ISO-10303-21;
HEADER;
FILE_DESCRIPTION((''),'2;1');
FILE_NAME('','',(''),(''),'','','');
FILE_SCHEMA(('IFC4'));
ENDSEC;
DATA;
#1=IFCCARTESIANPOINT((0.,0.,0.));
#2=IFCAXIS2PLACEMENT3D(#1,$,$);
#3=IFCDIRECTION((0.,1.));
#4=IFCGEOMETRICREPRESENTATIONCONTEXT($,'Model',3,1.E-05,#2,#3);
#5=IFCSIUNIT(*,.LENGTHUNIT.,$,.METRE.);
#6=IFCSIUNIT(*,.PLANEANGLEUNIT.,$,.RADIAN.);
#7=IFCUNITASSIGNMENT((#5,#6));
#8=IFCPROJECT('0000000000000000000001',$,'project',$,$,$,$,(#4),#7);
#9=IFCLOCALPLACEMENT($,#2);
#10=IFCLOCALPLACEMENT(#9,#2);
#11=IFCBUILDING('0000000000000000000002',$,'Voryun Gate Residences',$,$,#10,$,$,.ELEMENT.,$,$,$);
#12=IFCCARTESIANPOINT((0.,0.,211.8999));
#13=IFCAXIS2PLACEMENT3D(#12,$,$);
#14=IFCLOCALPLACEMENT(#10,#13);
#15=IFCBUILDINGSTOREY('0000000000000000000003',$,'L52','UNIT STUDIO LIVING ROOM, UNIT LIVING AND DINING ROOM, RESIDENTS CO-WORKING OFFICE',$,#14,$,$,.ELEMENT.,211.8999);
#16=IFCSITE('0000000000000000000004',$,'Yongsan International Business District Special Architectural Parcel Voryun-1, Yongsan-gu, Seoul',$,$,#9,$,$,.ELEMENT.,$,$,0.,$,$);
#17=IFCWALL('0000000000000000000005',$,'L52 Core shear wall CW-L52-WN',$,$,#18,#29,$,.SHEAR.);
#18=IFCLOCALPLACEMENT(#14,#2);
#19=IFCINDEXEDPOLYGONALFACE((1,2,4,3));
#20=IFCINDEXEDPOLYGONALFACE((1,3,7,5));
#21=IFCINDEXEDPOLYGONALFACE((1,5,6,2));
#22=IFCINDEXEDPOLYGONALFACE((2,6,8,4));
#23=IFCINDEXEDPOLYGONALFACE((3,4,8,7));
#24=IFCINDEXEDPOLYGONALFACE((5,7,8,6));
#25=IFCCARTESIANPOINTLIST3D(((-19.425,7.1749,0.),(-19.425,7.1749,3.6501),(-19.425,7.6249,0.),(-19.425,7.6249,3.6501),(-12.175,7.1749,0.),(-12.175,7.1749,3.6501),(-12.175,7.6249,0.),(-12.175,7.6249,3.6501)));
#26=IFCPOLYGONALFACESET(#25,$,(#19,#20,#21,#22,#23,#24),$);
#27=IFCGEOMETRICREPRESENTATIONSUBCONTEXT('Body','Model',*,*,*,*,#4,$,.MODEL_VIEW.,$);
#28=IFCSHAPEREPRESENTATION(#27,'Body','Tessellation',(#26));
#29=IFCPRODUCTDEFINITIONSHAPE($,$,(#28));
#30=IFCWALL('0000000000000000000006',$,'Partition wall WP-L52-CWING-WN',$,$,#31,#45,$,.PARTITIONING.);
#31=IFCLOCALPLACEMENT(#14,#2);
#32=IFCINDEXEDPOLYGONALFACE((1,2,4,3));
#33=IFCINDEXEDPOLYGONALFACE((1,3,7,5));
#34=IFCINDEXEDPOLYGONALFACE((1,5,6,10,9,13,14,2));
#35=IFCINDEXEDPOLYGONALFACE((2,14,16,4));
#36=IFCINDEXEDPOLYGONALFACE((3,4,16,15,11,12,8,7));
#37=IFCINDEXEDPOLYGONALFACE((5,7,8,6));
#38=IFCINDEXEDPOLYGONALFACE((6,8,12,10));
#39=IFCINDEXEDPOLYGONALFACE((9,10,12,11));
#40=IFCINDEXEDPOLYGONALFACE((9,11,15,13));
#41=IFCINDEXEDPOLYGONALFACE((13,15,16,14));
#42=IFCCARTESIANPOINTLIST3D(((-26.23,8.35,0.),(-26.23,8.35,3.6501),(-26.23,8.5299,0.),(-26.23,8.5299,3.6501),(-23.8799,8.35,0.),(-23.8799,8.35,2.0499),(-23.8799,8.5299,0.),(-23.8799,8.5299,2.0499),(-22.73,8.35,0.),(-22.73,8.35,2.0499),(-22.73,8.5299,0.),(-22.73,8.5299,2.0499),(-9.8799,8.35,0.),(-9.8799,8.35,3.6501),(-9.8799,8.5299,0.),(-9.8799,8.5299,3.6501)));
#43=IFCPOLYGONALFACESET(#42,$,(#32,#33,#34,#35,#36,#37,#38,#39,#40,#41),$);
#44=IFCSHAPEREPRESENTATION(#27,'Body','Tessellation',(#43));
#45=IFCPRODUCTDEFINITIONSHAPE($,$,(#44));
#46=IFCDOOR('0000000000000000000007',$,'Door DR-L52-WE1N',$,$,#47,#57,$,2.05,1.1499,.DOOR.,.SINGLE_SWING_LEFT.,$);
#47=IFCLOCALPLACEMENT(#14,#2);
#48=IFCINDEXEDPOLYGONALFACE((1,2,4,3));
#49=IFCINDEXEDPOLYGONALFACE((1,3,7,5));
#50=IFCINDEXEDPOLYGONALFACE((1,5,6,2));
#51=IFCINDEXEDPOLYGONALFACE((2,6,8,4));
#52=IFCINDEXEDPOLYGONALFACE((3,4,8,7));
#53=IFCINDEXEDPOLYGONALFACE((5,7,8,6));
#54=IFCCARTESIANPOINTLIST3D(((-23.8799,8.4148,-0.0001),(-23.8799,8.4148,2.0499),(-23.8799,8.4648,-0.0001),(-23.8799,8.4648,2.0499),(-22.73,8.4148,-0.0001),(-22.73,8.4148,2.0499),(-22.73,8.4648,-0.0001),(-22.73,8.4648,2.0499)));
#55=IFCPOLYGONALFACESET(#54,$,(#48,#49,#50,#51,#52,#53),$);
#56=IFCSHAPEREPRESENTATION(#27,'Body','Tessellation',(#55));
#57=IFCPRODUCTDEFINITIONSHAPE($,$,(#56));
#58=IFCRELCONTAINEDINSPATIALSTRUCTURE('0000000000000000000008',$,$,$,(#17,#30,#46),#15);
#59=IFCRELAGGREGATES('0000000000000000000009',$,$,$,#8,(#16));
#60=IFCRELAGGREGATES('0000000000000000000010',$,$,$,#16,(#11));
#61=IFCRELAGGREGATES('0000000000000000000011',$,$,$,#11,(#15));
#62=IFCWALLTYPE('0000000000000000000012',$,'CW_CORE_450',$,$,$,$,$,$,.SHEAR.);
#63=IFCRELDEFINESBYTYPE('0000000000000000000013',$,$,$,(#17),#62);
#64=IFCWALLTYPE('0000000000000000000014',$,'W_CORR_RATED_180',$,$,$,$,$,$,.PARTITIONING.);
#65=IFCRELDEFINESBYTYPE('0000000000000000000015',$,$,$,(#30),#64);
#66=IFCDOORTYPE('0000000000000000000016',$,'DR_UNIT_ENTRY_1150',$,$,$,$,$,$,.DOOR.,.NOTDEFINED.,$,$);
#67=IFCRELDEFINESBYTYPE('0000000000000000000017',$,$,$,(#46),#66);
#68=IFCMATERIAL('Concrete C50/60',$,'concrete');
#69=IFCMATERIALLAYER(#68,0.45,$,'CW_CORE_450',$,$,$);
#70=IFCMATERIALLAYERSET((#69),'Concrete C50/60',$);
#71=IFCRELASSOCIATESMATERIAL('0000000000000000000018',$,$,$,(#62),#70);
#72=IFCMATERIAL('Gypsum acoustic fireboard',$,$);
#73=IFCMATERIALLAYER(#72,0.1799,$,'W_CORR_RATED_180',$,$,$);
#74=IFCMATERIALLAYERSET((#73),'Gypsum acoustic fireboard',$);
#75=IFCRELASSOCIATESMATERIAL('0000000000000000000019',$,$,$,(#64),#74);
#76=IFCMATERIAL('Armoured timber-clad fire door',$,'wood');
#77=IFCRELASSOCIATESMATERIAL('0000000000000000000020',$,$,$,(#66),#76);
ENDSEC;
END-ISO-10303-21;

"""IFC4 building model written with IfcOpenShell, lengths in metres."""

from ifc_helpers import new_model, si_unit, direction, frame, frame_2d, origin, place, context, subcontext, project, spatial, rectangle, extrude, material, layer, layer_set, type_object, element, fill, save


model = new_model("IFC4")

# Units and contexts
model_context = context("Model", 3, precision=1e-05, world=origin(), true_north=direction((0.0, 1.0)))
body_context = subcontext(model_context, "Body", "Model", "MODEL_VIEW")
ifc_project = project(units=[si_unit("LENGTHUNIT", "METRE"), si_unit("PLANEANGLEUNIT", "RADIAN")], contexts=[model_context])

# Site, building, storey
site_placement = place(None, origin())
site = spatial("IfcSite", under=ifc_project, at=site_placement, Name="Yongsan International Business District Special Architectural Parcel Voryun-1, Yongsan-gu, Seoul", CompositionType="ELEMENT", RefElevation=0.0)
building_placement = place(site_placement, origin())
building = spatial("IfcBuilding", under=site, at=building_placement, Name="Voryun Gate Residences", CompositionType="ELEMENT")
storey_placement = place(building_placement, frame((0.0, 0.0, 211.8999)))
storey = spatial("IfcBuildingStorey", under=building, at=storey_placement, Name="L52", Description="UNIT STUDIO LIVING ROOM, UNIT LIVING AND DINING ROOM, RESIDENTS CO-WORKING OFFICE", CompositionType="ELEMENT", Elevation=211.8999)

# Wall
ifc_material_1 = material(Name="Concrete C50/60", Category="concrete")
ifc_layer_1 = layer(ifc_material_1, 0.45, Name="CW_CORE_450")
ifc_layer_set_1 = layer_set([ifc_layer_1], Name="Concrete C50/60")
wall_type_1 = type_object("IfcWallType", Name="CW_CORE_450", PredefinedType="SHEAR", material=ifc_layer_set_1)
wall_1_placement = place(storey_placement, frame((-19.425, 7.3999, 0.0), z_axis=(0.0, 0.0, 1.0), x_axis=(1.0, 0.0, 0.0)))
element("IfcWall", 1, at=wall_1_placement, inside=storey, type_object=wall_type_1, Name="L52 Core shear wall CW-L52-WN", PredefinedType="SHEAR", context=body_context, shape_type="SweptSolid", body=[
    extrude(rectangle(XDim=7.25, YDim=0.45, at=frame_2d((3.625, 0.0))), origin(), (0.0, 0.0, 1.0), 3.6501),
])

# Wall, opening, door
ifc_material_2 = material(Name="Gypsum acoustic fireboard")
ifc_layer_2 = layer(ifc_material_2, 0.1799, Name="W_CORR_RATED_180")
ifc_layer_set_2 = layer_set([ifc_layer_2], Name="Gypsum acoustic fireboard")
wall_type_2 = type_object("IfcWallType", Name="W_CORR_RATED_180", PredefinedType="PARTITIONING", material=ifc_layer_set_2)
wall_2_placement = place(storey_placement, frame((-26.23, 8.4399, 0.0), z_axis=(0.0, 0.0, 1.0), x_axis=(1.0, 0.0, 0.0)))
wall_2 = element("IfcWall", 2, at=wall_2_placement, inside=storey, type_object=wall_type_2, Name="Partition wall WP-L52-CWING-WN", PredefinedType="PARTITIONING", context=body_context, shape_type="SweptSolid", body=[
    extrude(rectangle(XDim=16.3501, YDim=0.1799, at=frame_2d((8.175, 0.0))), origin(), (0.0, 0.0, 1.0), 3.6501),
])
opening_1_placement = place(wall_2_placement, frame((2.3501, 0.0, 0.0)))
opening_1 = element("IfcOpeningElement", 3, at=opening_1_placement, cuts=wall_2, PredefinedType="OPENING", context=body_context, shape_type="SweptSolid", body=[
    extrude(rectangle(XDim=1.1499, YDim=2.05, at=frame_2d((0.575, 1.0249))), frame((0.0, 0.0999, 0.0), z_axis=(0.0, -1.0, 0.0), x_axis=(1.0, 0.0, 0.0)), (0.0, 0.0, 1.0), 0.2),
])
ifc_material_3 = material(Name="Armoured timber-clad fire door", Category="wood")
door_type_1 = type_object("IfcDoorType", Name="DR_UNIT_ENTRY_1150", OperationType="NOTDEFINED", PredefinedType="DOOR", material=ifc_material_3)
door_1_placement = place(opening_1_placement, origin())
door_1 = element("IfcDoor", 4, at=door_1_placement, inside=storey, type_object=door_type_1, Name="Door DR-L52-WE1N", OperationType="SINGLE_SWING_LEFT", OverallHeight=2.05, OverallWidth=1.1499, PredefinedType="DOOR", context=body_context, shape_type="SweptSolid", body=[
    extrude(rectangle(XDim=1.1499, YDim=2.05, at=frame_2d((0.575, 1.0249))), frame((0.0, 0.0249, 0.0), z_axis=(0.0, -1.0, 0.0), x_axis=(1.0, 0.0, 0.0)), (0.0, 0.0, 1.0), 0.05),
])
fill(opening_1, door_1)

save(model, "model.ifc")
